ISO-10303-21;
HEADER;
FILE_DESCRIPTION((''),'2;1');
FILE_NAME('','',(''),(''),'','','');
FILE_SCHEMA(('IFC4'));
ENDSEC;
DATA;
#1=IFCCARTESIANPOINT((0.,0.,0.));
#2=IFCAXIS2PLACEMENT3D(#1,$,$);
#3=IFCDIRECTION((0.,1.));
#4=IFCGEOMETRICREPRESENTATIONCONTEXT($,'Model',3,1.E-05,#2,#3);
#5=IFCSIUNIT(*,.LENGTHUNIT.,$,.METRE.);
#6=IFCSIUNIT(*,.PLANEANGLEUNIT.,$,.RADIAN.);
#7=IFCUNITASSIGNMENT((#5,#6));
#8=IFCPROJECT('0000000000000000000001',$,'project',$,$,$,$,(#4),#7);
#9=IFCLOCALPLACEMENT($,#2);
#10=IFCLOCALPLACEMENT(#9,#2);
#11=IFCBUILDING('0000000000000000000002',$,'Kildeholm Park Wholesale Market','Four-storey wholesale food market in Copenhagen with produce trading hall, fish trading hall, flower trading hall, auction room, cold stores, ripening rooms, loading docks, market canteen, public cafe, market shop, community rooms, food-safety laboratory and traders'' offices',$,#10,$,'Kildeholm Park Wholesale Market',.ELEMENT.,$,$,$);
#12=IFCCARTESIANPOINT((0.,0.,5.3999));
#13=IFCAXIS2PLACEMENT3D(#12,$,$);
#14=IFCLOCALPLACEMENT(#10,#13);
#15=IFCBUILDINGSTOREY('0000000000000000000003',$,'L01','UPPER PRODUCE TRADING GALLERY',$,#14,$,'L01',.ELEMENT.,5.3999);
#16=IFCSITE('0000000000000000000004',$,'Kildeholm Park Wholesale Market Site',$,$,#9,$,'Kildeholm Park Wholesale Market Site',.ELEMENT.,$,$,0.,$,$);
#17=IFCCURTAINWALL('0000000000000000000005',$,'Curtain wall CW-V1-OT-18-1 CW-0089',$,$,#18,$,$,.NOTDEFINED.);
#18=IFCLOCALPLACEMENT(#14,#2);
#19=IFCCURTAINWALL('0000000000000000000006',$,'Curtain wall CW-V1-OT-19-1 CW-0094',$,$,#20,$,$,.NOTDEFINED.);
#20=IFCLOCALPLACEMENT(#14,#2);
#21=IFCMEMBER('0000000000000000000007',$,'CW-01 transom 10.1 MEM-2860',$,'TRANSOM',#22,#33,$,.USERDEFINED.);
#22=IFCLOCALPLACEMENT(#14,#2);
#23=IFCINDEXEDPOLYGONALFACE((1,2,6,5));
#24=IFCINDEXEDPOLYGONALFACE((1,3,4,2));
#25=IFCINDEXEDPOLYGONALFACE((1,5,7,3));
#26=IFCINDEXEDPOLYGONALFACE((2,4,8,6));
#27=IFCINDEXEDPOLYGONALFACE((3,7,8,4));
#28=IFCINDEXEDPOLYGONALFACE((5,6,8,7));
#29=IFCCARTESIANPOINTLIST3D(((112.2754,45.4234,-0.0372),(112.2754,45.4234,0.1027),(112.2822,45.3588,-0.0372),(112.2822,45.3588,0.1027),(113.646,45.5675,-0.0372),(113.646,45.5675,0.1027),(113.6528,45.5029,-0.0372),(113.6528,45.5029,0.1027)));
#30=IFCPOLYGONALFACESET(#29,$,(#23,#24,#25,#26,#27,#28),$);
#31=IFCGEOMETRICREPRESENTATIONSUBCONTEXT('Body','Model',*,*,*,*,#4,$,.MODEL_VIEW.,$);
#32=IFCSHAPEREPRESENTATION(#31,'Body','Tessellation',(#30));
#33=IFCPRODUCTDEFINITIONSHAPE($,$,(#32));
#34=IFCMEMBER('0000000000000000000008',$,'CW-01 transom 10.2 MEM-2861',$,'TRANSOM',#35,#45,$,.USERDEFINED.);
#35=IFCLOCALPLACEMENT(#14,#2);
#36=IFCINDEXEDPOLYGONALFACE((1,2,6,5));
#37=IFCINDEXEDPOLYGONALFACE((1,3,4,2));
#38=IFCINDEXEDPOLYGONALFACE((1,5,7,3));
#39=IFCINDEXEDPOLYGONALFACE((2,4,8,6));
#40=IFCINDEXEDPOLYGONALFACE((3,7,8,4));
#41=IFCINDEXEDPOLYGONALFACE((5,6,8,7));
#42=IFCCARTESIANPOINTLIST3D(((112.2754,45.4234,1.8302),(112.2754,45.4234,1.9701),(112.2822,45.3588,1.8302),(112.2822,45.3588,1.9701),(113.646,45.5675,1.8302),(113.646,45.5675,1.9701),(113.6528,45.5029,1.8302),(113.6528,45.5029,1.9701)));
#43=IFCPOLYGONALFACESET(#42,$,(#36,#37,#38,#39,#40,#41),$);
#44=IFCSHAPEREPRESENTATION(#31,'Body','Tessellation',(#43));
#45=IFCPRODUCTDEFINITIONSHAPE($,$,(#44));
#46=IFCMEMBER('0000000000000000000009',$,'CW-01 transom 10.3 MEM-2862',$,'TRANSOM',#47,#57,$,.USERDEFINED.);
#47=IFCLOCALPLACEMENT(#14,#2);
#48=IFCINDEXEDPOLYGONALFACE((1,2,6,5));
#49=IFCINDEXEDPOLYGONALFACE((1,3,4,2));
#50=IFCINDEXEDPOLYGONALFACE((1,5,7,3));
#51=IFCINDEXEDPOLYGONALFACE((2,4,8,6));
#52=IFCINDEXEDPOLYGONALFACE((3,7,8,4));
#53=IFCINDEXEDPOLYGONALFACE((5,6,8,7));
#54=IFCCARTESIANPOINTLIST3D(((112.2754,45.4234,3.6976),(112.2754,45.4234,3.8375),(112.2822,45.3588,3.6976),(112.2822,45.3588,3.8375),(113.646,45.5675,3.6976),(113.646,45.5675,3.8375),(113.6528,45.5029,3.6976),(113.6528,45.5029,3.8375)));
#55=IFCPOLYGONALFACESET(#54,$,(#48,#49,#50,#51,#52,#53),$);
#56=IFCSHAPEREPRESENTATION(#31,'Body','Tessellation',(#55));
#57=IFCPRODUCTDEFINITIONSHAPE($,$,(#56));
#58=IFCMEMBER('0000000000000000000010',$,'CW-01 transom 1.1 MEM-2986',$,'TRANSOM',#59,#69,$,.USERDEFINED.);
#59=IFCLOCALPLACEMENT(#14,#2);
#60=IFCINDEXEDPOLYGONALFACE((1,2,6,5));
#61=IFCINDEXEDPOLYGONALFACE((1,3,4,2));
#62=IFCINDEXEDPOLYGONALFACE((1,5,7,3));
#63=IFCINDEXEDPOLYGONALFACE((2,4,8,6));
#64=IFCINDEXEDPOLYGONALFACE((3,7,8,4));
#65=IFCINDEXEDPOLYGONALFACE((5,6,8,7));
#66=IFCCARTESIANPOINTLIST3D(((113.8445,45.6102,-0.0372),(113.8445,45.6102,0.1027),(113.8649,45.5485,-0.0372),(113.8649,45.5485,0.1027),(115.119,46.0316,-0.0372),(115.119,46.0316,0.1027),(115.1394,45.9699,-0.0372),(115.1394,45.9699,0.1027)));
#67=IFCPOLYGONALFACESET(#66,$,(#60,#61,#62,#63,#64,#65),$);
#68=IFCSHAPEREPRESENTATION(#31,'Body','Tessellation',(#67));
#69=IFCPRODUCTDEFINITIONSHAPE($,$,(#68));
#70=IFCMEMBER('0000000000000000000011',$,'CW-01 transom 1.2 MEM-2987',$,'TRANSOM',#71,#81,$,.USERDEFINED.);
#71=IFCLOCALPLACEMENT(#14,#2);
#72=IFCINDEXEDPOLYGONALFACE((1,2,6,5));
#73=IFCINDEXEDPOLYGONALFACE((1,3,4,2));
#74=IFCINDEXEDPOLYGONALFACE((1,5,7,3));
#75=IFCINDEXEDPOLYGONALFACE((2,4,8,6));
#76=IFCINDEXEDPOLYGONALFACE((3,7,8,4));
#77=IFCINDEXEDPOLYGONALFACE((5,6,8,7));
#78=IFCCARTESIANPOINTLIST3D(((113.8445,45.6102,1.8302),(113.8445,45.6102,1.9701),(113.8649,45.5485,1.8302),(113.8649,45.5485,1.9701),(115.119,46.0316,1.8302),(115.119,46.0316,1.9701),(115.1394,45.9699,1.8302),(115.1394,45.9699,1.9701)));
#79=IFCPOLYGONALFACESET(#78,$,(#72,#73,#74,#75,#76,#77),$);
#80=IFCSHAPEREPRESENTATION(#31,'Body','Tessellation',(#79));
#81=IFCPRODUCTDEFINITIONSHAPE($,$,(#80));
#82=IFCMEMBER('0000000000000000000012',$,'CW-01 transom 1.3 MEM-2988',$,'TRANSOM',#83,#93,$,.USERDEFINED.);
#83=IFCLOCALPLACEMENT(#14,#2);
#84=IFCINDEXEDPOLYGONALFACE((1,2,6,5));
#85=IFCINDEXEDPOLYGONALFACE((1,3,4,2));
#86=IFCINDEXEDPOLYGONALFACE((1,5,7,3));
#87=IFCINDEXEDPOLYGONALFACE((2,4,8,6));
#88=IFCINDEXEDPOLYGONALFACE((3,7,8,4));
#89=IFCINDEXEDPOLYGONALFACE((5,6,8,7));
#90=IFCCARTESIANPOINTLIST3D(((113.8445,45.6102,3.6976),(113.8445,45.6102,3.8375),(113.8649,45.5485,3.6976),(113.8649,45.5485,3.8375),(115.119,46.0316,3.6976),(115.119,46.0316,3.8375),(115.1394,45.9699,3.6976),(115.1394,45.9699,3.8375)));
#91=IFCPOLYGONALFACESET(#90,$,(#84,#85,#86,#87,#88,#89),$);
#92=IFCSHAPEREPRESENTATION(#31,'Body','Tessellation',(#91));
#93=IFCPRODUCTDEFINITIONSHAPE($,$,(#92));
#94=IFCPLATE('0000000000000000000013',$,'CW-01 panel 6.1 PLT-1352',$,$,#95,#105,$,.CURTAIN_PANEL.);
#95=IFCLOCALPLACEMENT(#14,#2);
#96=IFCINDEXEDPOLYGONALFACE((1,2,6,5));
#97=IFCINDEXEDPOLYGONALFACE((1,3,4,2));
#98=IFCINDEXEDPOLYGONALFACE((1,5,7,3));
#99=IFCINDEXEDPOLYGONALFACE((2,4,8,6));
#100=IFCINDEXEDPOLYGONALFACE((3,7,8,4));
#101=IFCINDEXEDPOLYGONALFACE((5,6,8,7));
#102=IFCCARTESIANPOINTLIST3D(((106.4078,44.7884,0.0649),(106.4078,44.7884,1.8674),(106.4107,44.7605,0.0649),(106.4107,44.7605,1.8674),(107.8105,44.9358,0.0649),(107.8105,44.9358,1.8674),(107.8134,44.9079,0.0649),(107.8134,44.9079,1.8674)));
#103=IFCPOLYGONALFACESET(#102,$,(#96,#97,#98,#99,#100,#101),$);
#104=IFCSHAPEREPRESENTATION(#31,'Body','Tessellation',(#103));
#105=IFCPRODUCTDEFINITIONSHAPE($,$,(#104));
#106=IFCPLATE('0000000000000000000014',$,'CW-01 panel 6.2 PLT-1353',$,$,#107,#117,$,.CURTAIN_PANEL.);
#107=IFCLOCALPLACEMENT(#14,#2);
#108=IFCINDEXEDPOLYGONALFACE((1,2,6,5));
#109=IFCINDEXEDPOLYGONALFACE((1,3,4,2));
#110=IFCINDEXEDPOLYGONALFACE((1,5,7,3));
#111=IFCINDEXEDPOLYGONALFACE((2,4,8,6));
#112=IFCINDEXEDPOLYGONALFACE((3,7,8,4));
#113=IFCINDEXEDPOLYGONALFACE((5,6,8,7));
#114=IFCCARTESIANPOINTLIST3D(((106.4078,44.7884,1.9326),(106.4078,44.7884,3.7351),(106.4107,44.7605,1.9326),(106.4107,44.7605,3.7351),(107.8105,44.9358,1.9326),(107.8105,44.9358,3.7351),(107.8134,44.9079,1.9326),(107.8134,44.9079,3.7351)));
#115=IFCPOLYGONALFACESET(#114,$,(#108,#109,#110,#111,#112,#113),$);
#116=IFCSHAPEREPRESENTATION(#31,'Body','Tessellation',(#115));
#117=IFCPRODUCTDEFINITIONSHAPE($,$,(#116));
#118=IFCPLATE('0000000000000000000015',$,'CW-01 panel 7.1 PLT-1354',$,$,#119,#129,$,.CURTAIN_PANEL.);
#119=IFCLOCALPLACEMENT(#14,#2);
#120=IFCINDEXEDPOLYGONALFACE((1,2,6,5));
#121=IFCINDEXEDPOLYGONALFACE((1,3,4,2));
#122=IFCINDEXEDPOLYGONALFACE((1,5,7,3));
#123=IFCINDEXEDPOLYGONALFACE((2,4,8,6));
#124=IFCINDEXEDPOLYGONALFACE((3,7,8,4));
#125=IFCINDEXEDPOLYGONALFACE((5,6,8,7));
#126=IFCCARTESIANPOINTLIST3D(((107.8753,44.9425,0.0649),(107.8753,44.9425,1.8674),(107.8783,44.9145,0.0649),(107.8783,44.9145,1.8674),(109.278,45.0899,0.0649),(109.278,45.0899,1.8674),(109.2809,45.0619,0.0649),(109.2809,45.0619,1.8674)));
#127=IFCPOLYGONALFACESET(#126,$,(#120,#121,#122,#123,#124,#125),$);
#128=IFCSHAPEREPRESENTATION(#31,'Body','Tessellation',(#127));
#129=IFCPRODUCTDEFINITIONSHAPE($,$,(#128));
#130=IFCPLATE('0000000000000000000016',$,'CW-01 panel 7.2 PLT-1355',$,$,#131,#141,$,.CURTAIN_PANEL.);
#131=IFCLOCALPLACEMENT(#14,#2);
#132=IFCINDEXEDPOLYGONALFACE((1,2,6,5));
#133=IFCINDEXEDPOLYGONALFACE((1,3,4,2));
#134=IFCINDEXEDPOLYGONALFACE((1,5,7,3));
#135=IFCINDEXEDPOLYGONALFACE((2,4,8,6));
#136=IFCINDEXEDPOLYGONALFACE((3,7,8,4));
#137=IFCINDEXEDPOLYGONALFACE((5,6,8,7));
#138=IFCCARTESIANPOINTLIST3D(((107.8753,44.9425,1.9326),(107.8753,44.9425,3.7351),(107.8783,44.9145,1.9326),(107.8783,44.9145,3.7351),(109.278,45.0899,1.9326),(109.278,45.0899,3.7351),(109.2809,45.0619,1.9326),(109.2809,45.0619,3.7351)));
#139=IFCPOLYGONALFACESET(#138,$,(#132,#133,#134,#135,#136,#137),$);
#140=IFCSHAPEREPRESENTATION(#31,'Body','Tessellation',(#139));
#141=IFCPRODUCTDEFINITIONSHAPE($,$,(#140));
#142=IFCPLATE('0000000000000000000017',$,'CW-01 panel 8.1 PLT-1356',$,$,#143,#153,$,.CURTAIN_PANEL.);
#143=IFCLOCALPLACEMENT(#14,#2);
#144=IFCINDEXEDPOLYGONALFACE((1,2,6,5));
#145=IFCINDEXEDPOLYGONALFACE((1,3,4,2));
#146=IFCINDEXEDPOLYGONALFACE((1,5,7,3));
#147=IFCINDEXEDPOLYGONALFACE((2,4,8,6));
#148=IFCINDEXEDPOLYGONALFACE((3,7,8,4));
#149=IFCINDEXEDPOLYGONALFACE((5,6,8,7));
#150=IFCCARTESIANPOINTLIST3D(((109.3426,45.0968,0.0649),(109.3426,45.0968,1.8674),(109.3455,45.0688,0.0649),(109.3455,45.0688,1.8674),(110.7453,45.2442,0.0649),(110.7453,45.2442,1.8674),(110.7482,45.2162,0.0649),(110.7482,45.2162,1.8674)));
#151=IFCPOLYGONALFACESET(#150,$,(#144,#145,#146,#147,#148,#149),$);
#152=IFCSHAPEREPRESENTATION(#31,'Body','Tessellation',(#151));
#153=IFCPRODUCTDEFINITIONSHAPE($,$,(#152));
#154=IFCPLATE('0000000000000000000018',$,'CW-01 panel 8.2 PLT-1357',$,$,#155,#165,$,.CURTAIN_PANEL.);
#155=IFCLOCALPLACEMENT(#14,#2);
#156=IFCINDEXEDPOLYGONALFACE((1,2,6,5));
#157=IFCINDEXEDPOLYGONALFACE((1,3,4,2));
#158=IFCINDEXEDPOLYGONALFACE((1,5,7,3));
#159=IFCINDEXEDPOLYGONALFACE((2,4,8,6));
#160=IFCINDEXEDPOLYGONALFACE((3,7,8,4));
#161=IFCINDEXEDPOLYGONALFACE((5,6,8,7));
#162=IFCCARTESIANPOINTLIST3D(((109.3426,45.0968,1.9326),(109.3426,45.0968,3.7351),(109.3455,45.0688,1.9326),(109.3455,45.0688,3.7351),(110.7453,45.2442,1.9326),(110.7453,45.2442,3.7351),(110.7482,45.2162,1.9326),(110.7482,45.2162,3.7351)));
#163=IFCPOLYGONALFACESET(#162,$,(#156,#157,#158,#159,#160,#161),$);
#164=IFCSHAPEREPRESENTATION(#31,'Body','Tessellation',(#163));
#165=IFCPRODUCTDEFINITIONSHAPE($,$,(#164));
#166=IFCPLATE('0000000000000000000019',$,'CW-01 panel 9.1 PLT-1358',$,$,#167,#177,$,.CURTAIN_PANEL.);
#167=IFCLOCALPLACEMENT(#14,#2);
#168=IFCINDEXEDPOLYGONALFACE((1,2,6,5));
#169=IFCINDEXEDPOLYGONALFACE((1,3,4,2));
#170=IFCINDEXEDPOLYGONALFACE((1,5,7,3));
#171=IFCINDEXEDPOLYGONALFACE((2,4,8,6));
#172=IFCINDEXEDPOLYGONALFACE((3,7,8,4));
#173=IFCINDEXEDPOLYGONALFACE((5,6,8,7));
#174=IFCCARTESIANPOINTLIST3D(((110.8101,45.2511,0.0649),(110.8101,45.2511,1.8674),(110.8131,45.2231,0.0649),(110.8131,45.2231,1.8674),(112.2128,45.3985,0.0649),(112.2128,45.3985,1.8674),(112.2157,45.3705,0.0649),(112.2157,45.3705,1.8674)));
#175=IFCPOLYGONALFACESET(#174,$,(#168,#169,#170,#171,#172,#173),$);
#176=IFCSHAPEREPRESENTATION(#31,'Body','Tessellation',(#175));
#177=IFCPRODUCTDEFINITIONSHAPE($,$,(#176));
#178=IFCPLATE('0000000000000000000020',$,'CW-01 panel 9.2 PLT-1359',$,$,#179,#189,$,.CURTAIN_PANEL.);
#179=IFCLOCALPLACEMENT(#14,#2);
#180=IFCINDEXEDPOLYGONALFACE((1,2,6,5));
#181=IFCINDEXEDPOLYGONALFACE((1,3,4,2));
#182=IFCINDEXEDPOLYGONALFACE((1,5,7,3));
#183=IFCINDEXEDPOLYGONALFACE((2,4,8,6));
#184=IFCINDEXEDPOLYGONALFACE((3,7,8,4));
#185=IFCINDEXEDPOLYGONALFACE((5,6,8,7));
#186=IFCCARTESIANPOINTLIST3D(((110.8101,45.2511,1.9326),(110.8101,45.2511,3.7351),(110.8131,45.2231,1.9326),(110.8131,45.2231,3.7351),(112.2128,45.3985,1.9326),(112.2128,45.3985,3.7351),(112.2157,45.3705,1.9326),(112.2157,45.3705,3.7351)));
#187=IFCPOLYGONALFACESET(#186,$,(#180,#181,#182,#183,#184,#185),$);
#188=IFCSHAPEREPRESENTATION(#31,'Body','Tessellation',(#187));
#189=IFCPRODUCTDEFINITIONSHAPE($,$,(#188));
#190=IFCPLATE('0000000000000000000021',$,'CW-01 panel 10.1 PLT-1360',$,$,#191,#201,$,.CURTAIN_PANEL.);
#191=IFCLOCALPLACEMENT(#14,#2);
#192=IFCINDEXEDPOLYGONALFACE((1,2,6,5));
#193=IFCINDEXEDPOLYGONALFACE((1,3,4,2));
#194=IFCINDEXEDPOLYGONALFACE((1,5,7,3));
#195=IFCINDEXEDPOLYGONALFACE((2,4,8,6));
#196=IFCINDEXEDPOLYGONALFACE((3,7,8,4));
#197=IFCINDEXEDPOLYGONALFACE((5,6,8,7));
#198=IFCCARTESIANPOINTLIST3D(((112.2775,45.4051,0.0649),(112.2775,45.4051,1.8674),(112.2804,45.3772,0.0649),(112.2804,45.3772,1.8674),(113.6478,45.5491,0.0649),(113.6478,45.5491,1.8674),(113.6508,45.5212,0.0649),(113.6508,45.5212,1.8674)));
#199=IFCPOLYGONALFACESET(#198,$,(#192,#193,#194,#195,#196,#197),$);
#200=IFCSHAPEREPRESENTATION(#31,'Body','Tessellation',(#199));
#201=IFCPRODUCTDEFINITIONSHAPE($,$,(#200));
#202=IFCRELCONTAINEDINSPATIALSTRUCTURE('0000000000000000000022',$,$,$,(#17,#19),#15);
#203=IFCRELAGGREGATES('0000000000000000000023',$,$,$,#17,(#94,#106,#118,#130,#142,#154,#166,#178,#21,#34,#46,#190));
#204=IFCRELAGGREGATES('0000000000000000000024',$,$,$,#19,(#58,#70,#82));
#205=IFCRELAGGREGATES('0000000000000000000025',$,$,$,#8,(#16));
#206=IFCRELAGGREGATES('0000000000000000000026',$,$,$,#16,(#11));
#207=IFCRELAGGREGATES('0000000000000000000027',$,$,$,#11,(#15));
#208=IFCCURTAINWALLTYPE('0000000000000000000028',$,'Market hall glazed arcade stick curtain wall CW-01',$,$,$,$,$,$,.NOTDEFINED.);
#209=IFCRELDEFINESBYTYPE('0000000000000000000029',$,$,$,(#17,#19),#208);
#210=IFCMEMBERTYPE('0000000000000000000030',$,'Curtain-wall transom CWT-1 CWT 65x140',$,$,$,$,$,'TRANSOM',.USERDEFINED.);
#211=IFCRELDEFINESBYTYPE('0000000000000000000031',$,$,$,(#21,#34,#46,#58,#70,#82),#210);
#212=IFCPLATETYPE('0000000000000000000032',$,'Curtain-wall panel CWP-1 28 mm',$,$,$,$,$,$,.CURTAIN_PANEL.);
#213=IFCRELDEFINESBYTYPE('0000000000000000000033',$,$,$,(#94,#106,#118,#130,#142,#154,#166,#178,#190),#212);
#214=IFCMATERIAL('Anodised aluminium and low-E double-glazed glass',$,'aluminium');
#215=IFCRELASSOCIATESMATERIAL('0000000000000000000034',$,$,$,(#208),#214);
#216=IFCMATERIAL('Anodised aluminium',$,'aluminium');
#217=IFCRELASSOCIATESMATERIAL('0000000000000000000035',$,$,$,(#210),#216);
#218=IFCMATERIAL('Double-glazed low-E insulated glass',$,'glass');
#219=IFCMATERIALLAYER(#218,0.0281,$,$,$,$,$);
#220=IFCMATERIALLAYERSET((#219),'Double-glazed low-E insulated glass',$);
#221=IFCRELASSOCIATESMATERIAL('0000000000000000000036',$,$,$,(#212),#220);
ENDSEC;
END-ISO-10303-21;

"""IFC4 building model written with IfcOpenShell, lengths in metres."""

from ifc_helpers import new_model, si_unit, direction, frame, origin, origin_2d, place, context, subcontext, project, spatial, rectangle, extrude, material, layer, layer_set, material_profile, profile_set, type_object, element, aggregate, save


model = new_model("IFC4")

# Units and contexts
model_context = context("Model", 3, precision=1e-05, world=origin(), true_north=direction((0.0, 1.0)))
body_context = subcontext(model_context, "Body", "Model", "MODEL_VIEW")
ifc_project = project(units=[si_unit("LENGTHUNIT", "METRE"), si_unit("PLANEANGLEUNIT", "RADIAN")], contexts=[model_context])

# Site, building, storey
site_placement = place(None, origin())
site = spatial("IfcSite", under=ifc_project, at=site_placement, Name="Kildeholm Park Wholesale Market Site", LongName="Kildeholm Park Wholesale Market Site", CompositionType="ELEMENT", RefElevation=0.0)
building_placement = place(site_placement, origin())
building = spatial("IfcBuilding", under=site, at=building_placement, Name="Kildeholm Park Wholesale Market", Description="Four-storey wholesale food market in Copenhagen with produce trading hall, fish trading hall, flower trading hall, auction room, cold stores, ripening rooms, loading docks, market canteen, public cafe, market shop, community rooms, food-safety laboratory and traders' offices", LongName="Kildeholm Park Wholesale Market", CompositionType="ELEMENT")
storey_placement = place(building_placement, frame((0.0, 0.0, 5.3999)))
storey = spatial("IfcBuildingStorey", under=building, at=storey_placement, Name="L01", Description="UPPER PRODUCE TRADING GALLERY", LongName="L01", CompositionType="ELEMENT", Elevation=5.3999)

# Curtain wall
ifc_material_1 = material(Name="Anodised aluminium and low-E double-glazed glass", Category="aluminium")
curtain_wall_type = type_object("IfcCurtainWallType", Name="Market hall glazed arcade stick curtain wall CW-01", PredefinedType="NOTDEFINED", material=ifc_material_1)
curtain_wall_1_placement = place(storey_placement, origin())
curtain_wall_1 = element("IfcCurtainWall", 1, at=curtain_wall_1_placement, inside=storey, type_object=curtain_wall_type, Name="Curtain wall CW-V1-OT-18-1 CW-0089", PredefinedType="NOTDEFINED")
ifc_material_2 = material(Name="Anodised aluminium", Category="aluminium")

# Curtain wall
curtain_wall_2_placement = place(storey_placement, origin())
curtain_wall_2 = element("IfcCurtainWall", 2, at=curtain_wall_2_placement, inside=storey, type_object=curtain_wall_type, Name="Curtain wall CW-V1-OT-19-1 CW-0094", PredefinedType="NOTDEFINED")

# Members
ifc_material_profile_1 = material_profile(ifc_material_2, rectangle(XDim=0.0649, YDim=0.1399, at=origin_2d()), Name="CWT 65x140")
ifc_profile_set_1 = profile_set([ifc_material_profile_1], Name="Anodised aluminium")
member_type_1 = type_object("IfcMemberType", Name="Curtain-wall transom CWT-1 CWT 65x140", ElementType="TRANSOM", PredefinedType="USERDEFINED", material=ifc_profile_set_1)
member_1_placement = place(storey_placement, frame((112.2788, 45.3911, 0.0327), z_axis=(0.994523, 0.104519, 0.0), x_axis=(-0.104519, 0.994523, 0.0)))
member_1 = element("IfcMember", 3, at=member_1_placement, type_object=member_type_1, Name="CW-01 transom 10.1 MEM-2860", ObjectType="TRANSOM", PredefinedType="USERDEFINED", context=body_context, shape_type="SweptSolid", body=[
    extrude(rectangle(XDim=0.0649, YDim=0.1399, at=origin_2d()), origin(), (0.0, 0.0, 1.0), 1.3782),
])
member_2_placement = place(storey_placement, frame((112.2788, 45.3911, 1.9001), z_axis=(0.994523, 0.104519, 0.0), x_axis=(-0.104519, 0.994523, 0.0)))
member_2 = element("IfcMember", 4, at=member_2_placement, type_object=member_type_1, Name="CW-01 transom 10.2 MEM-2861", ObjectType="TRANSOM", PredefinedType="USERDEFINED", context=body_context, shape_type="SweptSolid", body=[
    extrude(rectangle(XDim=0.0649, YDim=0.1399, at=origin_2d()), origin(), (0.0, 0.0, 1.0), 1.3782),
])
member_3_placement = place(storey_placement, frame((112.2788, 45.3911, 3.7676), z_axis=(0.994523, 0.104519, 0.0), x_axis=(-0.104519, 0.994523, 0.0)))
member_3 = element("IfcMember", 5, at=member_3_placement, type_object=member_type_1, Name="CW-01 transom 10.3 MEM-2862", ObjectType="TRANSOM", PredefinedType="USERDEFINED", context=body_context, shape_type="SweptSolid", body=[
    extrude(rectangle(XDim=0.0649, YDim=0.1399, at=origin_2d()), origin(), (0.0, 0.0, 1.0), 1.3782),
])
member_4_placement = place(storey_placement, frame((113.8547, 45.5793, 0.0327), z_axis=(0.949444, 0.313935, 0.0), x_axis=(-0.313935, 0.949444, 0.0)))
member_4 = element("IfcMember", 6, at=member_4_placement, type_object=member_type_1, Name="CW-01 transom 1.1 MEM-2986", ObjectType="TRANSOM", PredefinedType="USERDEFINED", context=body_context, shape_type="SweptSolid", body=[
    extrude(rectangle(XDim=0.0649, YDim=0.1399, at=origin_2d()), origin(), (0.0, 0.0, 1.0), 1.3423),
])
member_5_placement = place(storey_placement, frame((113.8547, 45.5793, 1.9001), z_axis=(0.949444, 0.313935, 0.0), x_axis=(-0.313935, 0.949444, 0.0)))
member_5 = element("IfcMember", 7, at=member_5_placement, type_object=member_type_1, Name="CW-01 transom 1.2 MEM-2987", ObjectType="TRANSOM", PredefinedType="USERDEFINED", context=body_context, shape_type="SweptSolid", body=[
    extrude(rectangle(XDim=0.0649, YDim=0.1399, at=origin_2d()), origin(), (0.0, 0.0, 1.0), 1.3423),
])
member_6_placement = place(storey_placement, frame((113.8547, 45.5793, 3.7676), z_axis=(0.949444, 0.313935, 0.0), x_axis=(-0.313935, 0.949444, 0.0)))
member_6 = element("IfcMember", 8, at=member_6_placement, type_object=member_type_1, Name="CW-01 transom 1.3 MEM-2988", ObjectType="TRANSOM", PredefinedType="USERDEFINED", context=body_context, shape_type="SweptSolid", body=[
    extrude(rectangle(XDim=0.0649, YDim=0.1399, at=origin_2d()), origin(), (0.0, 0.0, 1.0), 1.3423),
])

# Plates
ifc_material_3 = material(Name="Double-glazed low-E insulated glass", Category="glass")
ifc_layer = layer(ifc_material_3, 0.0281)
ifc_layer_set = layer_set([ifc_layer], Name="Double-glazed low-E insulated glass")
plate_type = type_object("IfcPlateType", Name="Curtain-wall panel CWP-1 28 mm", PredefinedType="CURTAIN_PANEL", material=ifc_layer_set)
plate_1_placement = place(storey_placement, frame((107.1106, 44.8481, 0.0649), z_axis=(0.0, 0.0, 1.0), x_axis=(0.994524, 0.104508, 0.0)))
plate_1 = element("IfcPlate", 9, at=plate_1_placement, type_object=plate_type, Name="CW-01 panel 6.1 PLT-1352", PredefinedType="CURTAIN_PANEL", context=body_context, shape_type="SweptSolid", body=[
    extrude(rectangle(XDim=1.4104, YDim=0.0281, at=origin_2d()), origin(), (0.0, 0.0, 1.0), 1.8025),
])
plate_2_placement = place(storey_placement, frame((107.1106, 44.8481, 1.9326), z_axis=(0.0, 0.0, 1.0), x_axis=(0.994524, 0.104508, 0.0)))
plate_2 = element("IfcPlate", 10, at=plate_2_placement, type_object=plate_type, Name="CW-01 panel 6.2 PLT-1353", PredefinedType="CURTAIN_PANEL", context=body_context, shape_type="SweptSolid", body=[
    extrude(rectangle(XDim=1.4104, YDim=0.0281, at=origin_2d()), origin(), (0.0, 0.0, 1.0), 1.8025),
])
plate_3_placement = place(storey_placement, frame((108.5781, 45.0022, 0.0649), z_axis=(0.0, 0.0, 1.0), x_axis=(0.994524, 0.104508, 0.0)))
plate_3 = element("IfcPlate", 11, at=plate_3_placement, type_object=plate_type, Name="CW-01 panel 7.1 PLT-1354", PredefinedType="CURTAIN_PANEL", context=body_context, shape_type="SweptSolid", body=[
    extrude(rectangle(XDim=1.4104, YDim=0.0281, at=origin_2d()), origin(), (0.0, 0.0, 1.0), 1.8025),
])
plate_4_placement = place(storey_placement, frame((108.5781, 45.0022, 1.9326), z_axis=(0.0, 0.0, 1.0), x_axis=(0.994524, 0.104508, 0.0)))
plate_4 = element("IfcPlate", 12, at=plate_4_placement, type_object=plate_type, Name="CW-01 panel 7.2 PLT-1355", PredefinedType="CURTAIN_PANEL", context=body_context, shape_type="SweptSolid", body=[
    extrude(rectangle(XDim=1.4104, YDim=0.0281, at=origin_2d()), origin(), (0.0, 0.0, 1.0), 1.8025),
])
plate_5_placement = place(storey_placement, frame((110.0454, 45.1565, 0.0649), z_axis=(0.0, 0.0, 1.0), x_axis=(0.994524, 0.104508, 0.0)))
plate_5 = element("IfcPlate", 13, at=plate_5_placement, type_object=plate_type, Name="CW-01 panel 8.1 PLT-1356", PredefinedType="CURTAIN_PANEL", context=body_context, shape_type="SweptSolid", body=[
    extrude(rectangle(XDim=1.4104, YDim=0.0281, at=origin_2d()), origin(), (0.0, 0.0, 1.0), 1.8025),
])
plate_6_placement = place(storey_placement, frame((110.0454, 45.1565, 1.9326), z_axis=(0.0, 0.0, 1.0), x_axis=(0.994524, 0.104508, 0.0)))
plate_6 = element("IfcPlate", 14, at=plate_6_placement, type_object=plate_type, Name="CW-01 panel 8.2 PLT-1357", PredefinedType="CURTAIN_PANEL", context=body_context, shape_type="SweptSolid", body=[
    extrude(rectangle(XDim=1.4104, YDim=0.0281, at=origin_2d()), origin(), (0.0, 0.0, 1.0), 1.8025),
])
plate_7_placement = place(storey_placement, frame((111.5129, 45.3108, 0.0649), z_axis=(0.0, 0.0, 1.0), x_axis=(0.994524, 0.104508, 0.0)))
plate_7 = element("IfcPlate", 15, at=plate_7_placement, type_object=plate_type, Name="CW-01 panel 9.1 PLT-1358", PredefinedType="CURTAIN_PANEL", context=body_context, shape_type="SweptSolid", body=[
    extrude(rectangle(XDim=1.4104, YDim=0.0281, at=origin_2d()), origin(), (0.0, 0.0, 1.0), 1.8025),
])
plate_8_placement = place(storey_placement, frame((111.5129, 45.3108, 1.9326), z_axis=(0.0, 0.0, 1.0), x_axis=(0.994524, 0.104508, 0.0)))
plate_8 = element("IfcPlate", 16, at=plate_8_placement, type_object=plate_type, Name="CW-01 panel 9.2 PLT-1359", PredefinedType="CURTAIN_PANEL", context=body_context, shape_type="SweptSolid", body=[
    extrude(rectangle(XDim=1.4104, YDim=0.0281, at=origin_2d()), origin(), (0.0, 0.0, 1.0), 1.8025),
])
plate_9_placement = place(storey_placement, frame((112.9641, 45.4631, 0.0649), z_axis=(0.0, 0.0, 1.0), x_axis=(0.994524, 0.104508, 0.0)))
plate_9 = element("IfcPlate", 17, at=plate_9_placement, type_object=plate_type, Name="CW-01 panel 10.1 PLT-1360", PredefinedType="CURTAIN_PANEL", context=body_context, shape_type="SweptSolid", body=[
    extrude(rectangle(XDim=1.3779, YDim=0.0281, at=origin_2d()), origin(), (0.0, 0.0, 1.0), 1.8025),
])
aggregate(curtain_wall_1, [plate_1, plate_2, plate_3, plate_4, plate_5, plate_6, plate_7, plate_8, member_1, member_2, member_3, plate_9])
aggregate(curtain_wall_2, [member_4, member_5, member_6])

save(model, "model.ifc")
